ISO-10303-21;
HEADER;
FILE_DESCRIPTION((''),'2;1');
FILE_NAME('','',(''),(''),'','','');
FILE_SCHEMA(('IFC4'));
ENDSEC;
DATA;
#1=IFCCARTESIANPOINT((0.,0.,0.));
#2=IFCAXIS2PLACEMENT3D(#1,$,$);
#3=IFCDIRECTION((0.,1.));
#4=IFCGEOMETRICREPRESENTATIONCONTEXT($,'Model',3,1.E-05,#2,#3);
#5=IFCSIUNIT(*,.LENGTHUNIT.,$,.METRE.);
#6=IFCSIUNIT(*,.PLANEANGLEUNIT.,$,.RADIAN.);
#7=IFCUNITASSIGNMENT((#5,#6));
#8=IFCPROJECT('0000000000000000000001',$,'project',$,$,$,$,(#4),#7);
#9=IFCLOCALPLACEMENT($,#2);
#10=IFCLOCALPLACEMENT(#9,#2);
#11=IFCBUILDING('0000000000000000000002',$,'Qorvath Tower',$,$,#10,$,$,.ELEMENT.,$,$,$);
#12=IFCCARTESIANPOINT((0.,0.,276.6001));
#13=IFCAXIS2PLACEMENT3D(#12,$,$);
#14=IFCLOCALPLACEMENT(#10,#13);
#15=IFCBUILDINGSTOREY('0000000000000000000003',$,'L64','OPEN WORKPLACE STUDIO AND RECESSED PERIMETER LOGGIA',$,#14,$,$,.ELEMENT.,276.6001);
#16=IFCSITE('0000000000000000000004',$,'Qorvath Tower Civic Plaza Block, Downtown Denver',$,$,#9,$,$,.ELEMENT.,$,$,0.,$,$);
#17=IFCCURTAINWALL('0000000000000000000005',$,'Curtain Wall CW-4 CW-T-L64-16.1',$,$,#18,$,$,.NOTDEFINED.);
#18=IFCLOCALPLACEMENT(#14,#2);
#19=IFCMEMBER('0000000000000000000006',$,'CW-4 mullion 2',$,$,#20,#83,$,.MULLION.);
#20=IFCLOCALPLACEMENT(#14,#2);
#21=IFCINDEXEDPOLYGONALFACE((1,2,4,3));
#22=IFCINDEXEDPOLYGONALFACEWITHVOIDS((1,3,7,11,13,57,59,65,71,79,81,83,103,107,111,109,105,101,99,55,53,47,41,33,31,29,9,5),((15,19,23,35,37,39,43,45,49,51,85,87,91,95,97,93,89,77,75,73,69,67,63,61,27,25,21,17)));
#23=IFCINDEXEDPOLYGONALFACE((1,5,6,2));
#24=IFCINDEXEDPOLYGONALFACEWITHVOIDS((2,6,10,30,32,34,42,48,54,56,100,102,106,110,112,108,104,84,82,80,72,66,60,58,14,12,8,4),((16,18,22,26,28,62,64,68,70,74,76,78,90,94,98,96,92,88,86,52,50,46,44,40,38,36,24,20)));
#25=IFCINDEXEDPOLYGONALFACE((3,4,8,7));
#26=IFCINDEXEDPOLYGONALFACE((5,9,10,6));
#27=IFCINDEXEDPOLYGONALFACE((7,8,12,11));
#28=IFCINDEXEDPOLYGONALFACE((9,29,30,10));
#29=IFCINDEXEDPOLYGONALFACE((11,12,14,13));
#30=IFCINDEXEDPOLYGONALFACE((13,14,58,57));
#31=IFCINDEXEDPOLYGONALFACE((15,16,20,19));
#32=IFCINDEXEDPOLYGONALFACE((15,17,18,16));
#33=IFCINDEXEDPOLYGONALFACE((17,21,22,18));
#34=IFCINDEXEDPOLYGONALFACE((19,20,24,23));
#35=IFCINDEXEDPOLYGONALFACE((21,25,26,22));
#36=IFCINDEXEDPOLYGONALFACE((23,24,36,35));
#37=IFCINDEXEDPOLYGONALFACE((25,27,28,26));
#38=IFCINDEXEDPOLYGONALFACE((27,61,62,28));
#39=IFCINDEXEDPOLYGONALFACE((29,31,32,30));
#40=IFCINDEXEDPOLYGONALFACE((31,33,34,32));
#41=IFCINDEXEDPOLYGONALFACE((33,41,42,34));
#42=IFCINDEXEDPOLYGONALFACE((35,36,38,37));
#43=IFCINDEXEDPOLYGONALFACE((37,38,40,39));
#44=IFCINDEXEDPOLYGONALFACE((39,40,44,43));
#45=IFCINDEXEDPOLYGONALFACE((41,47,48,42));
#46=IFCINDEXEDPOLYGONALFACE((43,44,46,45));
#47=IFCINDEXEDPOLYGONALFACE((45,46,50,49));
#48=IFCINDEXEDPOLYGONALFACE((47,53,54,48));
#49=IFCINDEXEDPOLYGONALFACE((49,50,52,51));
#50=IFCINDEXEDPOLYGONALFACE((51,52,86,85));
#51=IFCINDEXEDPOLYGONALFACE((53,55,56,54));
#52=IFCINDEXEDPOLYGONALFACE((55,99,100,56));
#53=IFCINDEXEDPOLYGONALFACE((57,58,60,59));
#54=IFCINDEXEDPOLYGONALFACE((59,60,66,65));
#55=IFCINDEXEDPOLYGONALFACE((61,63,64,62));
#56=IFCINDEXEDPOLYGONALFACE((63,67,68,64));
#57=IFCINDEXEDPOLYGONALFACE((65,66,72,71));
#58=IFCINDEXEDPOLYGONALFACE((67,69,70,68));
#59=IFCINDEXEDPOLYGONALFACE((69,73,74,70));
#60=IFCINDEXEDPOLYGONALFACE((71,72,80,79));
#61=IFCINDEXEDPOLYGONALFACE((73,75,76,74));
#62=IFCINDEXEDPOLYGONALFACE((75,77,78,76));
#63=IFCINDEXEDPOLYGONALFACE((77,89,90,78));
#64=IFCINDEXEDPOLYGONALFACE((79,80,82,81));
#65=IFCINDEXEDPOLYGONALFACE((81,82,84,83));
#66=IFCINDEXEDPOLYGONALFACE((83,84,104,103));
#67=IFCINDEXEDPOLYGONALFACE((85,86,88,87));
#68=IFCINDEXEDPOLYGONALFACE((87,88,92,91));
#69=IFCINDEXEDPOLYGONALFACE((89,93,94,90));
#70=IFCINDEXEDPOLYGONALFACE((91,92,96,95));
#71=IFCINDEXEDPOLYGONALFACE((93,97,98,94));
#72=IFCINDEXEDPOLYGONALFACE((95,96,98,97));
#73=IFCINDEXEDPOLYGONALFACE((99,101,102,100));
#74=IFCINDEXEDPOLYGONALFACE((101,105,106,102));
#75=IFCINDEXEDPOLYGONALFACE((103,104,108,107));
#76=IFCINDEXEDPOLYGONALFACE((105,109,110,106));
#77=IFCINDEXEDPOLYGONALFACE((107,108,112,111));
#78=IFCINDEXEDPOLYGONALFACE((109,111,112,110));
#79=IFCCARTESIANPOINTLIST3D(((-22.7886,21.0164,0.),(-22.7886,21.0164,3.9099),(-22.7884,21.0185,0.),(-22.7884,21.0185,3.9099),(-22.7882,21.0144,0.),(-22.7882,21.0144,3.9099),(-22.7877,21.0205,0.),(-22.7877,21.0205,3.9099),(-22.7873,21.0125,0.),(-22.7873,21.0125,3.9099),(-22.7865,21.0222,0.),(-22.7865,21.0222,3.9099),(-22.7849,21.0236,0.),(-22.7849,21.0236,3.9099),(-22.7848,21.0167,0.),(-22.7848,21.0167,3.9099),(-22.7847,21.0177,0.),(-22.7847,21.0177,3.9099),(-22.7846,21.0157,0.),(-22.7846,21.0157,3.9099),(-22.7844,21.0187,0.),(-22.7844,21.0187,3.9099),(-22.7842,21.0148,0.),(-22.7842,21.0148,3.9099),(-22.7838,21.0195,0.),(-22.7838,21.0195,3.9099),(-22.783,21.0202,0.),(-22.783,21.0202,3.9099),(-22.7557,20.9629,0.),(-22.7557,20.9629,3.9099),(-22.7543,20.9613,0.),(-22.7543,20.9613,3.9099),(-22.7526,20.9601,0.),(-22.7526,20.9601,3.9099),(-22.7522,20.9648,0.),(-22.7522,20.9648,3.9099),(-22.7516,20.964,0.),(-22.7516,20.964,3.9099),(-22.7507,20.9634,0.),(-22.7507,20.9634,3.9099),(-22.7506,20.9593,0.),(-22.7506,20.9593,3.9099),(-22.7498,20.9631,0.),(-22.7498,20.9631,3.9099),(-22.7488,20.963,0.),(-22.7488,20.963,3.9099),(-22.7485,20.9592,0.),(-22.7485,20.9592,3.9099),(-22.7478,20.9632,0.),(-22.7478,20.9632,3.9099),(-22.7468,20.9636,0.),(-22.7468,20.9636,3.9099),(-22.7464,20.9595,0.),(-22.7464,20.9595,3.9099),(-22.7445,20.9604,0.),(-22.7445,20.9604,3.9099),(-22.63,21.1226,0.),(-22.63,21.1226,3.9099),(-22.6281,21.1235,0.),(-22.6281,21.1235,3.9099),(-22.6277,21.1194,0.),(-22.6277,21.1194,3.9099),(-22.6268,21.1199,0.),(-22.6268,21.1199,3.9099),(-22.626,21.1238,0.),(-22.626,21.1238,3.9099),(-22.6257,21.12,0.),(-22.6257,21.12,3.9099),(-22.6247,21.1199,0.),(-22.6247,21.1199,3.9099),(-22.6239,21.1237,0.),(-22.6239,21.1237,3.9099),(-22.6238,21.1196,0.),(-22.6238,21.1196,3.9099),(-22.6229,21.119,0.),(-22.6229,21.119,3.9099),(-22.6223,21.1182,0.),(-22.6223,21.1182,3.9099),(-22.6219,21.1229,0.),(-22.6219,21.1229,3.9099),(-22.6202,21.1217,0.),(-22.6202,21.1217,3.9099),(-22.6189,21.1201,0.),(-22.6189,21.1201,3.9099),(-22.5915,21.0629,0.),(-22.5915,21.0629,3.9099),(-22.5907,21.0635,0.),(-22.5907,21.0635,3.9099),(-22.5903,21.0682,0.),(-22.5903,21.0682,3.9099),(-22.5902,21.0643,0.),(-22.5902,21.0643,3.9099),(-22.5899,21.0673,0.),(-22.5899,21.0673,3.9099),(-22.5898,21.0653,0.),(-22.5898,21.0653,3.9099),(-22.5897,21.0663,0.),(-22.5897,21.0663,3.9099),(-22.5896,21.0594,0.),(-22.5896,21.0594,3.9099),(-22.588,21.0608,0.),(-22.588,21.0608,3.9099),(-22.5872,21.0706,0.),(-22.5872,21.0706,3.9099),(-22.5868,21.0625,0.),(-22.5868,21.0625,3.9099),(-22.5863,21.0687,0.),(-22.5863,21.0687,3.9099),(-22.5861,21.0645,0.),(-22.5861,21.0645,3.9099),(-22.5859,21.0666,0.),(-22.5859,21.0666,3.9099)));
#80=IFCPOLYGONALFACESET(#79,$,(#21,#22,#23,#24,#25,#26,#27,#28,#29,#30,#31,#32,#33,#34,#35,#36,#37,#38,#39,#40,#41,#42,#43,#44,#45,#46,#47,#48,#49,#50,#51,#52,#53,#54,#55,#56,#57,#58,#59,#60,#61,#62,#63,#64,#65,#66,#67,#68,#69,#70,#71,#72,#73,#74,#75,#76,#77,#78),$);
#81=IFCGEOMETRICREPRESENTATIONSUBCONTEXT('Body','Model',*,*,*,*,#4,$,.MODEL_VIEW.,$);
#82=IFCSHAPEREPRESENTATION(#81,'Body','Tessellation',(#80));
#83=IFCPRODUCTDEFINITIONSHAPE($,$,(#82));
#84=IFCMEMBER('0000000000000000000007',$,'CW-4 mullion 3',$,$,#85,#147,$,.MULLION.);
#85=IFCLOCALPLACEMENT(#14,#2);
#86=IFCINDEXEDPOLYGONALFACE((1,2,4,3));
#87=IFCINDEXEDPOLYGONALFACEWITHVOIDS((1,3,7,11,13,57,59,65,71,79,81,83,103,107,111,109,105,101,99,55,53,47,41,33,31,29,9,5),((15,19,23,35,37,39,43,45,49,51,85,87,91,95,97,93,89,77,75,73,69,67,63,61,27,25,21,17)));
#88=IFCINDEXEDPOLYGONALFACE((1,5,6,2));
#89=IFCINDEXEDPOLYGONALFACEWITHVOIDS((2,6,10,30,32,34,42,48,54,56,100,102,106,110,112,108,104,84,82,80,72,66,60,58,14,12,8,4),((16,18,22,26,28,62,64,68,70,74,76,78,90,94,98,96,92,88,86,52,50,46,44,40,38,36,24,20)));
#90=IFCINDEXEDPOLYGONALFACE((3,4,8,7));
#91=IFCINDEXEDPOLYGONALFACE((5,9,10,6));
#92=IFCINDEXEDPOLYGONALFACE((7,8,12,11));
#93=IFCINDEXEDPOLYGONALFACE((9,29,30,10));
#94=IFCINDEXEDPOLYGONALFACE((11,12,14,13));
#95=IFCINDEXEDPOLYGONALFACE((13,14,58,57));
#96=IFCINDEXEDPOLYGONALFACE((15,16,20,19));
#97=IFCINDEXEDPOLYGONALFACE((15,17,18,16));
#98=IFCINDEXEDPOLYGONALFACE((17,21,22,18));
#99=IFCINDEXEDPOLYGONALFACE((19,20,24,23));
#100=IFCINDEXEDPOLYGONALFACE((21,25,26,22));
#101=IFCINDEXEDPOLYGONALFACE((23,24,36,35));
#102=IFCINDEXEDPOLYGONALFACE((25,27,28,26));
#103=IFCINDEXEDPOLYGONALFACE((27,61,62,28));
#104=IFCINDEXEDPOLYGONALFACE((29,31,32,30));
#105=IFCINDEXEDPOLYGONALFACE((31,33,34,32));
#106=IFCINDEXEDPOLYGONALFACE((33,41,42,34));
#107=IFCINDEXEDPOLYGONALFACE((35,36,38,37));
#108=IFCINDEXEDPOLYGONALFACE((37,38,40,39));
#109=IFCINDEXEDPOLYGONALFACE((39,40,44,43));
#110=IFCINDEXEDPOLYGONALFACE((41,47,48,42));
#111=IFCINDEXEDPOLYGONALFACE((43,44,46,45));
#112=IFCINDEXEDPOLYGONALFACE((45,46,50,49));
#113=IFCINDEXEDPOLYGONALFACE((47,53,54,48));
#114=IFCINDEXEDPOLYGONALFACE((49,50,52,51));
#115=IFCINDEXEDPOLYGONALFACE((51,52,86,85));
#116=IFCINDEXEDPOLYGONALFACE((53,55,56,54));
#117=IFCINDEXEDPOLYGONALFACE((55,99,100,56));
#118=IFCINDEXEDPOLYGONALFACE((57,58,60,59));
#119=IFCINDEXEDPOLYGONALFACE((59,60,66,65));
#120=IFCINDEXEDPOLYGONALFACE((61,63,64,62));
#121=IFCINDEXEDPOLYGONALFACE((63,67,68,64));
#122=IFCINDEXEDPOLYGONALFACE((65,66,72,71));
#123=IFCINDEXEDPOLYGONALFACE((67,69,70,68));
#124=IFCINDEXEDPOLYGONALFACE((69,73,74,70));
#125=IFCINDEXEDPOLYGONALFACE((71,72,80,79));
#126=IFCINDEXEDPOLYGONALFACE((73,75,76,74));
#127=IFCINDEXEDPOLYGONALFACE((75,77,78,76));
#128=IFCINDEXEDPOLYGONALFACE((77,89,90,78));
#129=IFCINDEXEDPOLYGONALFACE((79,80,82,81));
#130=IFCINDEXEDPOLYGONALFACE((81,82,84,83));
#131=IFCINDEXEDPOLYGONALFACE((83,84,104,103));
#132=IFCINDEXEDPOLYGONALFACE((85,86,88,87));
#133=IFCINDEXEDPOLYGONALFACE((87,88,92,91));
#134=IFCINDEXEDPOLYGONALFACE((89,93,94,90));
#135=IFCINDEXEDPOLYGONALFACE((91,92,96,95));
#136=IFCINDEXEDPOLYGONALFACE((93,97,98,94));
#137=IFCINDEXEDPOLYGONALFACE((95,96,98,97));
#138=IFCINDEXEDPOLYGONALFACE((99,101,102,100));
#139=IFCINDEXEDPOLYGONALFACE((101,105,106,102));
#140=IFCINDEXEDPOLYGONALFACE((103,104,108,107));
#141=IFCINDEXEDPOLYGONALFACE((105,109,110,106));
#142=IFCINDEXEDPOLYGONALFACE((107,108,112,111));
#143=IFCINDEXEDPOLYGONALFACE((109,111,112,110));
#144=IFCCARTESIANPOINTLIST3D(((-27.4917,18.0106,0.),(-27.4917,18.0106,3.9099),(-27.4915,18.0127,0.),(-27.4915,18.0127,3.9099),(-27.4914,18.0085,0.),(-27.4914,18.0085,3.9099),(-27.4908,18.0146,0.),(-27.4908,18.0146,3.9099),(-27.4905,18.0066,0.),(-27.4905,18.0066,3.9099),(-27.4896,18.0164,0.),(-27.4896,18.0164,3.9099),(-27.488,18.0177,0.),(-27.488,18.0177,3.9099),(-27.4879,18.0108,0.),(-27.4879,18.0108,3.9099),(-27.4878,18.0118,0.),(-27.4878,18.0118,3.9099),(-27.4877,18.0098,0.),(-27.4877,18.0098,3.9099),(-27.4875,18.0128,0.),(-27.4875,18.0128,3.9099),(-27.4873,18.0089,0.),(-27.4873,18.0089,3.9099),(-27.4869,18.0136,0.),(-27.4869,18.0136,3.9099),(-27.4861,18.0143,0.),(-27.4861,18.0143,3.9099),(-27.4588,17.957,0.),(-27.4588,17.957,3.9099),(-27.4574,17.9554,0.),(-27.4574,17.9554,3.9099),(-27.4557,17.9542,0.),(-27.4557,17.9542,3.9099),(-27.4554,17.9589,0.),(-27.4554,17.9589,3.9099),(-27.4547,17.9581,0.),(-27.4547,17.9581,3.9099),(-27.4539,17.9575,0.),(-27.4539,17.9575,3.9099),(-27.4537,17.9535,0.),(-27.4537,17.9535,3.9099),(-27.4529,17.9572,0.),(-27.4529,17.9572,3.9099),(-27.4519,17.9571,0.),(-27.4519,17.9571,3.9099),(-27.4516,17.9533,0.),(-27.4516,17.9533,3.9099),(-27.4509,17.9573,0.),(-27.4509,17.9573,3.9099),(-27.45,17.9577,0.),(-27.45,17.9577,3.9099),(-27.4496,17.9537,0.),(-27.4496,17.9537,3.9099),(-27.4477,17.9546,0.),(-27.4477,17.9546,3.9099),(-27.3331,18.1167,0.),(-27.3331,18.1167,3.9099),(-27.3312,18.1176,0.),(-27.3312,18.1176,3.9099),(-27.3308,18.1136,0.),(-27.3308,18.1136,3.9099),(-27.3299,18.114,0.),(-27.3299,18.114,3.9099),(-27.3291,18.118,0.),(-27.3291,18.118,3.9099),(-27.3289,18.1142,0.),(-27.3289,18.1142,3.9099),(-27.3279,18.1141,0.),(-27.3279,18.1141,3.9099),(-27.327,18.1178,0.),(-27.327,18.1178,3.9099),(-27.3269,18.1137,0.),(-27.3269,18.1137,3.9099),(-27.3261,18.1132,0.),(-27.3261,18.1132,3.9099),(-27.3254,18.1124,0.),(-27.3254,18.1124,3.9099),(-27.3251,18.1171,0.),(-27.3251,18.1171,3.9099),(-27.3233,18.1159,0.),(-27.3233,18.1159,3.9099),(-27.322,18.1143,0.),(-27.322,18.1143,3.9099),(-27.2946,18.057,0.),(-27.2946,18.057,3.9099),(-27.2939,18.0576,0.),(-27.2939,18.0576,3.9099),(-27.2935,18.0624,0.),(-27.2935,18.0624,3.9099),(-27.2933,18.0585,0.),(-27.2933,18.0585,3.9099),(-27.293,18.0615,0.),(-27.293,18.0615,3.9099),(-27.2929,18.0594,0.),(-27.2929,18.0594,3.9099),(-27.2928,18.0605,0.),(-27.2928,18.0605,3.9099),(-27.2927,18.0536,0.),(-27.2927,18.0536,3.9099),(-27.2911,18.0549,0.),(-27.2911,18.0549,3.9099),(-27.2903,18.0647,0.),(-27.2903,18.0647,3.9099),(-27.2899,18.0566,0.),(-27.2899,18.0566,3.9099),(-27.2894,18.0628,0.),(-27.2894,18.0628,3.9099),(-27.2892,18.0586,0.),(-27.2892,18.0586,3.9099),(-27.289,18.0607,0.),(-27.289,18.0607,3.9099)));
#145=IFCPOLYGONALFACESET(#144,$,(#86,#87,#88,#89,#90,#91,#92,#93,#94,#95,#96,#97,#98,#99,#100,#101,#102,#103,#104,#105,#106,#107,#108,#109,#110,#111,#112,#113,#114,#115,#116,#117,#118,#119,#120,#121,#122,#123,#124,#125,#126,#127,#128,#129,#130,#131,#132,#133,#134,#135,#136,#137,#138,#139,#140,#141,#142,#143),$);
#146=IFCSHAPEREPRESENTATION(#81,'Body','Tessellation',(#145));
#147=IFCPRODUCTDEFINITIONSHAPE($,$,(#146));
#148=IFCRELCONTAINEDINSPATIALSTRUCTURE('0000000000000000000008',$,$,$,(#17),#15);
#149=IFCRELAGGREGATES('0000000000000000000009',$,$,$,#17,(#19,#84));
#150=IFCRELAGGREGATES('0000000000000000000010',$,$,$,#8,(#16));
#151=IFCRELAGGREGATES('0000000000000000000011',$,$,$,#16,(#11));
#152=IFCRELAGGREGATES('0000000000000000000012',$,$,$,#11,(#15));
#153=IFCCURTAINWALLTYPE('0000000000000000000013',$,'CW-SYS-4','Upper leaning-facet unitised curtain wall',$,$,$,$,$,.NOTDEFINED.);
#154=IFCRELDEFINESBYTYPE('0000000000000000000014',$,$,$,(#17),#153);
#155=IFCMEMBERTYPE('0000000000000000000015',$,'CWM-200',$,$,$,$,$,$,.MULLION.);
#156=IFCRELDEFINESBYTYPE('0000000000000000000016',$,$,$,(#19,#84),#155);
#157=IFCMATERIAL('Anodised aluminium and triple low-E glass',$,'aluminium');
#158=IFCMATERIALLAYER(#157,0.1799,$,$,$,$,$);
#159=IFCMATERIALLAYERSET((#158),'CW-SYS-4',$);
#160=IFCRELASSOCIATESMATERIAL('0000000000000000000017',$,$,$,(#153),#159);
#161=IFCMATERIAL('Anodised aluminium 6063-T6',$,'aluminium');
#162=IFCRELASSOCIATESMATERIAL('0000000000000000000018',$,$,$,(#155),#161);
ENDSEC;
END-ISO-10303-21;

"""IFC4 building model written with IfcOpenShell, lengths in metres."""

from ifc_helpers import new_model, si_unit, direction, frame, origin, origin_2d, place, context, subcontext, project, spatial, hollow_rectangle, extrude, material, layer, layer_set, material_profile, profile_set, type_object, element, aggregate, save


model = new_model("IFC4")

# Units and contexts
model_context = context("Model", 3, precision=1e-05, world=origin(), true_north=direction((0.0, 1.0)))
body_context = subcontext(model_context, "Body", "Model", "MODEL_VIEW")
ifc_project = project(units=[si_unit("LENGTHUNIT", "METRE"), si_unit("PLANEANGLEUNIT", "RADIAN")], contexts=[model_context])

# Site, building, storey
site_placement = place(None, origin())
site = spatial("IfcSite", under=ifc_project, at=site_placement, Name="Qorvath Tower Civic Plaza Block, Downtown Denver", CompositionType="ELEMENT", RefElevation=0.0)
building_placement = place(site_placement, origin())
building = spatial("IfcBuilding", under=site, at=building_placement, Name="Qorvath Tower", CompositionType="ELEMENT")
storey_placement = place(building_placement, frame((0.0, 0.0, 276.6001)))
storey = spatial("IfcBuildingStorey", under=building, at=storey_placement, Name="L64", Description="OPEN WORKPLACE STUDIO AND RECESSED PERIMETER LOGGIA", CompositionType="ELEMENT", Elevation=276.6001)

# Curtain wall, members
ifc_material_1 = material(Name="Anodised aluminium and triple low-E glass", Category="aluminium")
ifc_layer_1 = layer(ifc_material_1, 0.1799)
ifc_layer_set_1 = layer_set([ifc_layer_1], Name="CW-SYS-4")
curtain_wall_type = type_object("IfcCurtainWallType", Name="CW-SYS-4", Description="Upper leaning-facet unitised curtain wall", PredefinedType="NOTDEFINED", material=ifc_layer_set_1)
curtain_wall_placement = place(storey_placement, origin())
curtain_wall = element("IfcCurtainWall", 1, at=curtain_wall_placement, inside=storey, type_object=curtain_wall_type, Name="Curtain Wall CW-4 CW-T-L64-16.1", PredefinedType="NOTDEFINED")
ifc_material_2 = material(Name="Anodised aluminium 6063-T6", Category="aluminium")
ifc_material_profile_1 = material_profile(ifc_material_2, hollow_rectangle(XDim=0.075, YDim=0.2, WallThickness=0.0039, InnerFilletRadius=0.0039, OuterFilletRadius=0.0081, at=origin_2d()), Name="CWM 200x75")
ifc_profile_set_1 = profile_set([ifc_material_profile_1], Name="Anodised aluminium 6063-T6")
member_type_1 = type_object("IfcMemberType", Name="CWM-200", PredefinedType="MULLION", material=ifc_profile_set_1)
member_1_placement = place(storey_placement, frame((-22.6873, 21.0415, 0.0), z_axis=(0.0, 0.0, 1.0), x_axis=(0.538534, -0.842604, 0.0)))
member_1 = element("IfcMember", 2, at=member_1_placement, type_object=member_type_1, Name="CW-4 mullion 2", PredefinedType="MULLION", context=body_context, shape_type="SweptSolid", body=[
    extrude(hollow_rectangle(XDim=0.075, YDim=0.2, WallThickness=0.0039, InnerFilletRadius=0.0039, OuterFilletRadius=0.0081, at=origin_2d()), origin(), (0.0, 0.0, 1.0), 3.9099),
])
member_2_placement = place(storey_placement, frame((-27.3904, 18.0356, 0.0), z_axis=(0.0, 0.0, 1.0), x_axis=(0.538534, -0.842604, 0.0)))
member_2 = element("IfcMember", 3, at=member_2_placement, type_object=member_type_1, Name="CW-4 mullion 3", PredefinedType="MULLION", context=body_context, shape_type="SweptSolid", body=[
    extrude(hollow_rectangle(XDim=0.075, YDim=0.2, WallThickness=0.0039, InnerFilletRadius=0.0039, OuterFilletRadius=0.0081, at=origin_2d()), origin(), (0.0, 0.0, 1.0), 3.9099),
])
aggregate(curtain_wall, [member_1, member_2])

save(model, "model.ifc")
